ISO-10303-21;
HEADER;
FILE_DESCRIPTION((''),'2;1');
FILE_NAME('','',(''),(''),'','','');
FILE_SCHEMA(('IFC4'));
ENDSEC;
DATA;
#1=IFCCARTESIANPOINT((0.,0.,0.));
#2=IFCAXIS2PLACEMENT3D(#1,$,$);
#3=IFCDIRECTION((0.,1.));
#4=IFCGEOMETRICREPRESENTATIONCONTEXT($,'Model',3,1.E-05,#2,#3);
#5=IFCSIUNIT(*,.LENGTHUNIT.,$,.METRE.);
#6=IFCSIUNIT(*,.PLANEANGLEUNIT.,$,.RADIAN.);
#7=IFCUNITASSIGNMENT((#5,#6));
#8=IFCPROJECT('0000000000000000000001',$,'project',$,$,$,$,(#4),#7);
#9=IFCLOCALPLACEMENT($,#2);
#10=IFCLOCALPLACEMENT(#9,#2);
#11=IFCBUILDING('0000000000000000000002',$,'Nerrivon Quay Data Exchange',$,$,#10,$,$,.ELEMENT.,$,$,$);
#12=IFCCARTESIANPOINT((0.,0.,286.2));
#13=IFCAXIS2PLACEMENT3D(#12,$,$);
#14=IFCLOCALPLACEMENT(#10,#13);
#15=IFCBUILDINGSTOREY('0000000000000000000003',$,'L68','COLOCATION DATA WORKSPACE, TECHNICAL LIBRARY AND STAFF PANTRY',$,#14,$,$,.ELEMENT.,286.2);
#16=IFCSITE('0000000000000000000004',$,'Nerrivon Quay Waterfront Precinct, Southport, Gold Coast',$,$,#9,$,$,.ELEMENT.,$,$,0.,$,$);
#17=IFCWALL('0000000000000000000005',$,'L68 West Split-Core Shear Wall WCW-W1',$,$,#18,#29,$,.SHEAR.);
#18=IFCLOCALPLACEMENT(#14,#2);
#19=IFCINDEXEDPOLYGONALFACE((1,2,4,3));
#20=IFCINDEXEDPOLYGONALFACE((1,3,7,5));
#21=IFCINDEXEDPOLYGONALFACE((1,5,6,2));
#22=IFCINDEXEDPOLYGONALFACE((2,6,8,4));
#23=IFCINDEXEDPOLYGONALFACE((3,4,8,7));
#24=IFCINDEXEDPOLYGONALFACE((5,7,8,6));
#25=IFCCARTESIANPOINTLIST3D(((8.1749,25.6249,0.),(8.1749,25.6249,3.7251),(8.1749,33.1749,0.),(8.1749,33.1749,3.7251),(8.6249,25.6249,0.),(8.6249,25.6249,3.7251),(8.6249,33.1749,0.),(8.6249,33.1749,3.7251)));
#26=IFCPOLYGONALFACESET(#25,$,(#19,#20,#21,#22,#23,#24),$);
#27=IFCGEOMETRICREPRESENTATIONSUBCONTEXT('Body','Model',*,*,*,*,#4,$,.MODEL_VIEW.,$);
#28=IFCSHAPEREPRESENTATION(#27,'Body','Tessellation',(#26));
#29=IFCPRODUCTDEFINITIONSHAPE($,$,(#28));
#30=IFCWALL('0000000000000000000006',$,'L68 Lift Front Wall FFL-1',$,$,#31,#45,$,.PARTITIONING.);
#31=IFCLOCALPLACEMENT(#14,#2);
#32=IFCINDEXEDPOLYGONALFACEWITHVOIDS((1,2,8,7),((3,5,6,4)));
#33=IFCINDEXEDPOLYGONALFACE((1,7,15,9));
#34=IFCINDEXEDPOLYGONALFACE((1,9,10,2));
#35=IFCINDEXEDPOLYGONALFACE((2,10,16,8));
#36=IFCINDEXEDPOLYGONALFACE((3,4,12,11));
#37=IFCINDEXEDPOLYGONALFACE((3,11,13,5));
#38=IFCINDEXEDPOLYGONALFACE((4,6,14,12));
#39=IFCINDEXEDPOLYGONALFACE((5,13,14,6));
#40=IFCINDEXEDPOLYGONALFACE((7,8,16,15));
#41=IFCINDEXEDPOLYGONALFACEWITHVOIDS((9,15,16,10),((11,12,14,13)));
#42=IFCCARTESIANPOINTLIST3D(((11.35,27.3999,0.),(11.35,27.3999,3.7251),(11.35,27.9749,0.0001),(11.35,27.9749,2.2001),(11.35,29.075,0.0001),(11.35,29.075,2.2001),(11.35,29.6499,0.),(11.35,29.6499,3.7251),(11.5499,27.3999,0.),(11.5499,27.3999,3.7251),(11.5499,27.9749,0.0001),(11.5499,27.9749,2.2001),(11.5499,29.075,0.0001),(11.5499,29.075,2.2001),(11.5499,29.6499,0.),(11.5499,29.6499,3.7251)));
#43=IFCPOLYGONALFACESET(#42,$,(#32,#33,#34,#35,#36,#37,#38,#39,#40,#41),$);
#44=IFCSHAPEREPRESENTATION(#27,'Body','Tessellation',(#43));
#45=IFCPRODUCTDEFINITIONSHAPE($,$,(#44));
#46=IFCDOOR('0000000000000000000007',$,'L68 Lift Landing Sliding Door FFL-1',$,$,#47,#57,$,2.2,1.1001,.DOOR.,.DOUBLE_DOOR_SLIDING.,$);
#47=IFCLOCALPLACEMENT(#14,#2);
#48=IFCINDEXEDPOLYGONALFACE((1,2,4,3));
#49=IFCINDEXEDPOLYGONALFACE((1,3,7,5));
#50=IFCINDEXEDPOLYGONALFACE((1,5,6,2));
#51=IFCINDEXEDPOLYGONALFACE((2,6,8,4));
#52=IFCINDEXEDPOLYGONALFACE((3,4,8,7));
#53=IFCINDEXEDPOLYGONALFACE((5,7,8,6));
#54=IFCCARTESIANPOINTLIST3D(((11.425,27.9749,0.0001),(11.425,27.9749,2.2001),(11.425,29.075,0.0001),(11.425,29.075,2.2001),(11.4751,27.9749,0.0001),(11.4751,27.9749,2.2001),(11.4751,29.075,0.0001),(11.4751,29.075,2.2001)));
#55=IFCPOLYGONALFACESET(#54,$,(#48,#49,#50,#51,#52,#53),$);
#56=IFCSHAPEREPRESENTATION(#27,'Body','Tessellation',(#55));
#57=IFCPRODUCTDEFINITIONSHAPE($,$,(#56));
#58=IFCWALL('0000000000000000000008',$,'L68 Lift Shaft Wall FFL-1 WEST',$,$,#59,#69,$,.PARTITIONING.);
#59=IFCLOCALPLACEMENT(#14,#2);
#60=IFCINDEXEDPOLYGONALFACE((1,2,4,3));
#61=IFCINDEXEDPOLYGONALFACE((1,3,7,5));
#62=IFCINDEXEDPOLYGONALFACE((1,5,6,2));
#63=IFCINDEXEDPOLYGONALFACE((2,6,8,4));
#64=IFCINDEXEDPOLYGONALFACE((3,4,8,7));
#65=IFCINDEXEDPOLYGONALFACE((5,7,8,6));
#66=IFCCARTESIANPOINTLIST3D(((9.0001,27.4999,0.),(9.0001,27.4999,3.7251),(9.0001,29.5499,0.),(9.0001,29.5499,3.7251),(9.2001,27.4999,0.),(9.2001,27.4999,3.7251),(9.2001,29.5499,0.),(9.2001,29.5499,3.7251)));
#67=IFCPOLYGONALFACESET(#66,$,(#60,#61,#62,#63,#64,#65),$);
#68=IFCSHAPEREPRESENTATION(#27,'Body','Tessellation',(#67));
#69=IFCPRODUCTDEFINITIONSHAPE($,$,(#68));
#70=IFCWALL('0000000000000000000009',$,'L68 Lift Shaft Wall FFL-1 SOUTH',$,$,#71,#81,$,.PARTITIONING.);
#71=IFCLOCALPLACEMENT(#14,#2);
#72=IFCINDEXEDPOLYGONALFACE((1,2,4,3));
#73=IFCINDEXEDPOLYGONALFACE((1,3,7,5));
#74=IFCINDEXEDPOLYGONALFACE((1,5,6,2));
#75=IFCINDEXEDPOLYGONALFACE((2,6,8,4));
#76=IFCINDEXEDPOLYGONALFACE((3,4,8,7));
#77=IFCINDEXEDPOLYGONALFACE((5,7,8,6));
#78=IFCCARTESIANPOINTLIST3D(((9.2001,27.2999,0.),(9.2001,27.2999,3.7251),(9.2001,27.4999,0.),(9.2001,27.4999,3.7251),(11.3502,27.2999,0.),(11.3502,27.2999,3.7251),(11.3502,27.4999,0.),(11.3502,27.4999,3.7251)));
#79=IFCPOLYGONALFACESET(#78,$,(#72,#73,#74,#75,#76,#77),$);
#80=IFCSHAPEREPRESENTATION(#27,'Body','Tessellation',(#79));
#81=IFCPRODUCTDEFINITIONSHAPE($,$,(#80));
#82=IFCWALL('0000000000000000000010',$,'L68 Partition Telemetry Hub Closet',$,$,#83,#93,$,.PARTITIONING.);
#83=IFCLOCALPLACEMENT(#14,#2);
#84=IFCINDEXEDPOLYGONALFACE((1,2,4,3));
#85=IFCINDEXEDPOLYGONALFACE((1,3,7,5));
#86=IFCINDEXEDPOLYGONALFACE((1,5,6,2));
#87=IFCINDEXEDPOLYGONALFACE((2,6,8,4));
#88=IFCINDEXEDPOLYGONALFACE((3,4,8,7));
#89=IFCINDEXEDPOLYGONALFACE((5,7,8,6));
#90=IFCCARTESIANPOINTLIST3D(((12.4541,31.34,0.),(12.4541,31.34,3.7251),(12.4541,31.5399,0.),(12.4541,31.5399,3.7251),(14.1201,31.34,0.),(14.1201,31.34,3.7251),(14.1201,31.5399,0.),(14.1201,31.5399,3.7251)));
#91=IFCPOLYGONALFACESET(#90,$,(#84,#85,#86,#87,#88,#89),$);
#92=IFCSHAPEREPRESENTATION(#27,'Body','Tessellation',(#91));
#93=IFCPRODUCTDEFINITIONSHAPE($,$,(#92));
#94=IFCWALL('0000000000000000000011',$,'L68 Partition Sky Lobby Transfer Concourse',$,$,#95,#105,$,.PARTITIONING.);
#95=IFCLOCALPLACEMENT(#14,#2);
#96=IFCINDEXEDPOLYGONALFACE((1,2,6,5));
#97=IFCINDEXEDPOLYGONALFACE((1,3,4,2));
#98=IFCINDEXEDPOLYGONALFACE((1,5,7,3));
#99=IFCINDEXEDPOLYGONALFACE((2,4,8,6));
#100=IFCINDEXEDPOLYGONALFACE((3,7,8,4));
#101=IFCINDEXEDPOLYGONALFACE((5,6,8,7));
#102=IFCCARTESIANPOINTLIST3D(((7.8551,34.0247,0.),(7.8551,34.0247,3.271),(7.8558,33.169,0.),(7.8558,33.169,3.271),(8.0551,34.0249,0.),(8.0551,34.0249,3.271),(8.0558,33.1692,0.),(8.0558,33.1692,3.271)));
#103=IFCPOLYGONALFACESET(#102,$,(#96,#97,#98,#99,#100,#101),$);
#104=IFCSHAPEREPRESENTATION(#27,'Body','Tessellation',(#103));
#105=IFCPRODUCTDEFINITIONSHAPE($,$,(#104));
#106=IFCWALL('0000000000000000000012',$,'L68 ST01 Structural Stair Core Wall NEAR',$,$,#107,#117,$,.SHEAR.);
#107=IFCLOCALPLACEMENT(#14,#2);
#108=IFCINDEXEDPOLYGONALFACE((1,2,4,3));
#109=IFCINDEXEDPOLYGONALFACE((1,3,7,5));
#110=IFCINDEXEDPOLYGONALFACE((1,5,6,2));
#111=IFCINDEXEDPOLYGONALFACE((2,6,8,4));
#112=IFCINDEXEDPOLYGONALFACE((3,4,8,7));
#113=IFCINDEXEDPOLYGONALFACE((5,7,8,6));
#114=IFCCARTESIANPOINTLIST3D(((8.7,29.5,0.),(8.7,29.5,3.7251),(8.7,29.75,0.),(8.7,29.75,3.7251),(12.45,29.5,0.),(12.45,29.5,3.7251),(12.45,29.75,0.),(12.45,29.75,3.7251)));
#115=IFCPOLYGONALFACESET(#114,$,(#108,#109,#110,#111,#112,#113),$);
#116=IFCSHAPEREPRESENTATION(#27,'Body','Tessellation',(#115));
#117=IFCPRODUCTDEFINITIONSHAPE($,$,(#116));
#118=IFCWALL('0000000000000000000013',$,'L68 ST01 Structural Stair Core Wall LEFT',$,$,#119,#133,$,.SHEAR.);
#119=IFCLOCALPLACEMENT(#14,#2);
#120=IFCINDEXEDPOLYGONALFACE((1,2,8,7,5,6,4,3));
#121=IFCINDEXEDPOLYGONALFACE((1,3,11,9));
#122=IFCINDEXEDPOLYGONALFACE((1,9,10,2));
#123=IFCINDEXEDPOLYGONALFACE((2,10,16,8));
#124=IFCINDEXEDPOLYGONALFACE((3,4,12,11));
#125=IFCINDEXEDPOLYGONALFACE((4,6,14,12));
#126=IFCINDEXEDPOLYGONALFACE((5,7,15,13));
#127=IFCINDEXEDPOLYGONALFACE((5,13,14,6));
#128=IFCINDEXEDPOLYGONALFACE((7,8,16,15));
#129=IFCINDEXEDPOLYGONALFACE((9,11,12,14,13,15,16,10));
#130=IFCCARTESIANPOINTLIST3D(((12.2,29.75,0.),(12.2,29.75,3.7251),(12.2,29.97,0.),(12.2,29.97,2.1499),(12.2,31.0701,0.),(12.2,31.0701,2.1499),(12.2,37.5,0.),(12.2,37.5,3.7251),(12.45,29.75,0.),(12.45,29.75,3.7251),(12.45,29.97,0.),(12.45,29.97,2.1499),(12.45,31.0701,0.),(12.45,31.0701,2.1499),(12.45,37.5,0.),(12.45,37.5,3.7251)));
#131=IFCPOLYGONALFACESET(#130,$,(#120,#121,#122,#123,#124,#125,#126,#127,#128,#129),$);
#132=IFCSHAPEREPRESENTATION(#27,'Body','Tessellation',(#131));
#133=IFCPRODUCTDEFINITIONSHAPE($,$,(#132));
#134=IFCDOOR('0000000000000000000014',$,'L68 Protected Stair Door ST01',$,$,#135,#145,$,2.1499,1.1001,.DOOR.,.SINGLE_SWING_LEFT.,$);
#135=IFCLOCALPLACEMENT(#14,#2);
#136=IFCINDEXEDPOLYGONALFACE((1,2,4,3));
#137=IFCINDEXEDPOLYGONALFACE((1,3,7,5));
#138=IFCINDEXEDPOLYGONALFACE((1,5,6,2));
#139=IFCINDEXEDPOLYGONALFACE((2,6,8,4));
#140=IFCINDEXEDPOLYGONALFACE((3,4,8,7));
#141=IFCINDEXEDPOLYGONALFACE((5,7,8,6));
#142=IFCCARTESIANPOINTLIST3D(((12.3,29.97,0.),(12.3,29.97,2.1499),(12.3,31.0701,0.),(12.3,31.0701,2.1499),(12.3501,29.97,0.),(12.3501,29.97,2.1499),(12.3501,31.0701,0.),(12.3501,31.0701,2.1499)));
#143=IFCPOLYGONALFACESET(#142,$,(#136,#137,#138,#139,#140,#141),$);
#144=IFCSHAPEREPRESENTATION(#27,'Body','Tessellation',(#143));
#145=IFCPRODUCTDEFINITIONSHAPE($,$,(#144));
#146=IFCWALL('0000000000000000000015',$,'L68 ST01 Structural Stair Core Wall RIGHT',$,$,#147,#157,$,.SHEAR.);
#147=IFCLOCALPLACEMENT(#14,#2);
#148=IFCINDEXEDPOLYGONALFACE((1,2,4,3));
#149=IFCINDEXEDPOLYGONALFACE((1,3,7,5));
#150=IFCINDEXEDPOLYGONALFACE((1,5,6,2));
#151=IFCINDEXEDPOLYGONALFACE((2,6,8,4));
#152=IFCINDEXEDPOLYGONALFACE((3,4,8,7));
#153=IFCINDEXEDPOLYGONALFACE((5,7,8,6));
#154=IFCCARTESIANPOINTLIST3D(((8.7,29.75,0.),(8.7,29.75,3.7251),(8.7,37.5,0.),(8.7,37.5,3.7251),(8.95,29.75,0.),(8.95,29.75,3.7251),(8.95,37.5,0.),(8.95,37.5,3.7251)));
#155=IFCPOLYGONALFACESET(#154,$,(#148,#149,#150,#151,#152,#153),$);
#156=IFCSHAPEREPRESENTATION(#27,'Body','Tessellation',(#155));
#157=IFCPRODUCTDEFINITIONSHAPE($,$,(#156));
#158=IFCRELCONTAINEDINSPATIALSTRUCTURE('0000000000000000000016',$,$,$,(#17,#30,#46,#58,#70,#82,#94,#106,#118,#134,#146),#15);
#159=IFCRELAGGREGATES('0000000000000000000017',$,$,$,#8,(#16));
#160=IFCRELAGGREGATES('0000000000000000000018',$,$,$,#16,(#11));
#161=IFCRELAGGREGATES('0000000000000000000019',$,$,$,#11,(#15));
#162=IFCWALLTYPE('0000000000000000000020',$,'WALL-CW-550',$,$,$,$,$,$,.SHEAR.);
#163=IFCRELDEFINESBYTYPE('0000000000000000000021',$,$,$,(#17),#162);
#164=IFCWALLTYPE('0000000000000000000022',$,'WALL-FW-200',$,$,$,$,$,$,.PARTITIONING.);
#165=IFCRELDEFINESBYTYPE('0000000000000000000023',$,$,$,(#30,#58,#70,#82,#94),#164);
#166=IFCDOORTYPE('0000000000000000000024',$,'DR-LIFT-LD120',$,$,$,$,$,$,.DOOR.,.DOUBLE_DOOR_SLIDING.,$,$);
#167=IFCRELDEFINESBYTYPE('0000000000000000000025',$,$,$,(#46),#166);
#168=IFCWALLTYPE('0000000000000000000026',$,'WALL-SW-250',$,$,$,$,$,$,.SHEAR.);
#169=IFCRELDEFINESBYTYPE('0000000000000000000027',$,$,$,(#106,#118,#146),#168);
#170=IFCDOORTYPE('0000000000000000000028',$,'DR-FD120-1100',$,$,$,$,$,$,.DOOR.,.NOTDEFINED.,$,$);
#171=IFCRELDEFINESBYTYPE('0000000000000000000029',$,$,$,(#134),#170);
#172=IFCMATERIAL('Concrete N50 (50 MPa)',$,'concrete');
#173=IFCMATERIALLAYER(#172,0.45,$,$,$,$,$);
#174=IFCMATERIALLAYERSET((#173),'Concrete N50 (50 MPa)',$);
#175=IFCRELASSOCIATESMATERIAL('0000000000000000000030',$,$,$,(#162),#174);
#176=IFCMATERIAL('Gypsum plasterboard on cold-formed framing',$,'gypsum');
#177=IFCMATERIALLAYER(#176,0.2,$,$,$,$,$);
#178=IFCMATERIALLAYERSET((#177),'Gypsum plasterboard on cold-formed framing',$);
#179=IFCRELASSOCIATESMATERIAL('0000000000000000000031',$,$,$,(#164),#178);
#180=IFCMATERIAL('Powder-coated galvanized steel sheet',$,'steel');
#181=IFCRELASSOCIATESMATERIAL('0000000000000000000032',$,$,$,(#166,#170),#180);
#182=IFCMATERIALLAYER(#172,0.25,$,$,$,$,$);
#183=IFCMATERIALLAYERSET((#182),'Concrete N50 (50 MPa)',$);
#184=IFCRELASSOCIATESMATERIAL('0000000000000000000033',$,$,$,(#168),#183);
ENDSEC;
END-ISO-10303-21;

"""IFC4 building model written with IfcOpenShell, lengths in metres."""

from ifc_helpers import new_model, si_unit, direction, frame, frame_2d, origin, place, context, subcontext, project, spatial, rectangle, extrude, material, layer, layer_set, type_object, element, fill, save


model = new_model("IFC4")

# Units and contexts
model_context = context("Model", 3, precision=1e-05, world=origin(), true_north=direction((0.0, 1.0)))
body_context = subcontext(model_context, "Body", "Model", "MODEL_VIEW")
ifc_project = project(units=[si_unit("LENGTHUNIT", "METRE"), si_unit("PLANEANGLEUNIT", "RADIAN")], contexts=[model_context])

# Site, building, storey
site_placement = place(None, origin())
site = spatial("IfcSite", under=ifc_project, at=site_placement, Name="Nerrivon Quay Waterfront Precinct, Southport, Gold Coast", CompositionType="ELEMENT", RefElevation=0.0)
building_placement = place(site_placement, origin())
building = spatial("IfcBuilding", under=site, at=building_placement, Name="Nerrivon Quay Data Exchange", CompositionType="ELEMENT")
storey_placement = place(building_placement, frame((0.0, 0.0, 286.2)))
storey = spatial("IfcBuildingStorey", under=building, at=storey_placement, Name="L68", Description="COLOCATION DATA WORKSPACE, TECHNICAL LIBRARY AND STAFF PANTRY", CompositionType="ELEMENT", Elevation=286.2)

# Wall
ifc_material_1 = material(Name="Concrete N50 (50 MPa)", Category="concrete")
ifc_layer_1 = layer(ifc_material_1, 0.45)
ifc_layer_set_1 = layer_set([ifc_layer_1], Name="Concrete N50 (50 MPa)")
wall_type_1 = type_object("IfcWallType", Name="WALL-CW-550", PredefinedType="SHEAR", material=ifc_layer_set_1)
wall_1_placement = place(storey_placement, frame((8.3999, 25.625, 0.0), z_axis=(0.0, 0.0, 1.0), x_axis=(0.0, 1.0, 0.0)))
element("IfcWall", 1, at=wall_1_placement, inside=storey, type_object=wall_type_1, Name="L68 West Split-Core Shear Wall WCW-W1", PredefinedType="SHEAR", context=body_context, shape_type="SweptSolid", body=[
    extrude(rectangle(XDim=7.55, YDim=0.45, at=frame_2d((3.7749, 0.0))), origin(), (0.0, 0.0, 1.0), 3.7251),
])

# Wall, opening, door
ifc_material_2 = material(Name="Gypsum plasterboard on cold-formed framing", Category="gypsum")
ifc_layer_2 = layer(ifc_material_2, 0.2)
ifc_layer_set_2 = layer_set([ifc_layer_2], Name="Gypsum plasterboard on cold-formed framing")
wall_type_2 = type_object("IfcWallType", Name="WALL-FW-200", PredefinedType="PARTITIONING", material=ifc_layer_set_2)
wall_2_placement = place(storey_placement, frame((11.45, 27.3999, 0.0), z_axis=(0.0, 0.0, 1.0), x_axis=(0.0, 1.0, 0.0)))
wall_2 = element("IfcWall", 2, at=wall_2_placement, inside=storey, type_object=wall_type_2, Name="L68 Lift Front Wall FFL-1", PredefinedType="PARTITIONING", context=body_context, shape_type="SweptSolid", body=[
    extrude(rectangle(XDim=2.25, YDim=0.2, at=frame_2d((1.125, 0.0))), origin(), (0.0, 0.0, 1.0), 3.7251),
])
opening_1_placement = place(wall_2_placement, frame((0.575, 0.0, 0.0)))
opening_1 = element("IfcOpeningElement", 3, at=opening_1_placement, cuts=wall_2, PredefinedType="OPENING", context=body_context, shape_type="SweptSolid", body=[
    extrude(rectangle(XDim=1.1001, YDim=2.2, at=frame_2d((0.55, 1.1001))), frame((0.0, 0.1099, 0.0), z_axis=(0.0, -1.0, 0.0), x_axis=(1.0, 0.0, 0.0)), (0.0, 0.0, 1.0), 0.22),
])
ifc_material_3 = material(Name="Powder-coated galvanized steel sheet", Category="steel")
door_type_1 = type_object("IfcDoorType", Name="DR-LIFT-LD120", OperationType="DOUBLE_DOOR_SLIDING", PredefinedType="DOOR", material=ifc_material_3)
door_1_placement = place(opening_1_placement, origin())
door_1 = element("IfcDoor", 4, at=door_1_placement, inside=storey, type_object=door_type_1, Name="L68 Lift Landing Sliding Door FFL-1", OperationType="DOUBLE_DOOR_SLIDING", OverallHeight=2.2, OverallWidth=1.1001, PredefinedType="DOOR", context=body_context, shape_type="SweptSolid", body=[
    extrude(rectangle(XDim=1.1001, YDim=2.2, at=frame_2d((0.55, 1.1001))), frame((0.0, 0.0249, 0.0), z_axis=(0.0, -1.0, 0.0), x_axis=(1.0, 0.0, 0.0)), (0.0, 0.0, 1.0), 0.05),
])
fill(opening_1, door_1)

# Walls
wall_3_placement = place(storey_placement, frame((9.1001, 27.5, 0.0), z_axis=(0.0, 0.0, 1.0), x_axis=(0.0, 1.0, 0.0)))
element("IfcWall", 5, at=wall_3_placement, inside=storey, type_object=wall_type_2, Name="L68 Lift Shaft Wall FFL-1 WEST", PredefinedType="PARTITIONING", context=body_context, shape_type="SweptSolid", body=[
    extrude(rectangle(XDim=2.05, YDim=0.2, at=frame_2d((1.0249, 0.0))), origin(), (0.0, 0.0, 1.0), 3.7251),
])
wall_4_placement = place(storey_placement, frame((9.2, 27.3999, 0.0), z_axis=(0.0, 0.0, 1.0), x_axis=(1.0, 0.0, 0.0)))
element("IfcWall", 6, at=wall_4_placement, inside=storey, type_object=wall_type_2, Name="L68 Lift Shaft Wall FFL-1 SOUTH", PredefinedType="PARTITIONING", context=body_context, shape_type="SweptSolid", body=[
    extrude(rectangle(XDim=2.1501, YDim=0.2, at=frame_2d((1.0752, 0.0))), origin(), (0.0, 0.0, 1.0), 3.7251),
])
wall_5_placement = place(storey_placement, frame((12.4541, 31.4399, 0.0), z_axis=(0.0, 0.0, 1.0), x_axis=(1.0, 0.0, 0.0)))
element("IfcWall", 7, at=wall_5_placement, inside=storey, type_object=wall_type_2, Name="L68 Partition Telemetry Hub Closet", PredefinedType="PARTITIONING", context=body_context, shape_type="SweptSolid", body=[
    extrude(rectangle(XDim=1.666, YDim=0.2, at=frame_2d((0.833, 0.0))), origin(), (0.0, 0.0, 1.0), 3.7251),
])
wall_6_placement = place(storey_placement, frame((7.9558, 33.1692, 0.0), z_axis=(0.0, 0.0, 1.0), x_axis=(-0.000856, 1.0, 0.0)))
element("IfcWall", 8, at=wall_6_placement, inside=storey, type_object=wall_type_2, Name="L68 Partition Sky Lobby Transfer Concourse", PredefinedType="PARTITIONING", context=body_context, shape_type="SweptSolid", body=[
    extrude(rectangle(XDim=0.8557, YDim=0.2, at=frame_2d((0.4277, 0.0))), origin(), (0.0, 0.0, 1.0), 3.271),
])
ifc_layer_3 = layer(ifc_material_1, 0.25)
ifc_layer_set_3 = layer_set([ifc_layer_3], Name="Concrete N50 (50 MPa)")
wall_type_3 = type_object("IfcWallType", Name="WALL-SW-250", PredefinedType="SHEAR", material=ifc_layer_set_3)
wall_7_placement = place(storey_placement, frame((12.45, 29.625, 0.0), z_axis=(0.0, 0.0, 1.0), x_axis=(-1.0, 0.0, 0.0)))
element("IfcWall", 9, at=wall_7_placement, inside=storey, type_object=wall_type_3, Name="L68 ST01 Structural Stair Core Wall NEAR", PredefinedType="SHEAR", context=body_context, shape_type="SweptSolid", body=[
    extrude(rectangle(XDim=3.75, YDim=0.25, at=frame_2d((1.875, 0.0))), origin(), (0.0, 0.0, 1.0), 3.7251),
])

# Wall, opening, door
wall_8_placement = place(storey_placement, frame((12.325, 29.75, 0.0), z_axis=(0.0, 0.0, 1.0), x_axis=(0.0, 1.0, 0.0)))
wall_8 = element("IfcWall", 10, at=wall_8_placement, inside=storey, type_object=wall_type_3, Name="L68 ST01 Structural Stair Core Wall LEFT", PredefinedType="SHEAR", context=body_context, shape_type="SweptSolid", body=[
    extrude(rectangle(XDim=7.75, YDim=0.25, at=frame_2d((3.875, 0.0))), origin(), (0.0, 0.0, 1.0), 3.7251),
])
opening_2_placement = place(wall_8_placement, frame((0.22, 0.0, 0.0)))
opening_2 = element("IfcOpeningElement", 11, at=opening_2_placement, cuts=wall_8, PredefinedType="OPENING", context=body_context, shape_type="SweptSolid", body=[
    extrude(rectangle(XDim=1.1001, YDim=2.1499, at=frame_2d((0.55, 1.075))), frame((0.0, 0.135, 0.0), z_axis=(0.0, -1.0, 0.0), x_axis=(1.0, 0.0, 0.0)), (0.0, 0.0, 1.0), 0.27),
])
door_type_2 = type_object("IfcDoorType", Name="DR-FD120-1100", OperationType="NOTDEFINED", PredefinedType="DOOR", material=ifc_material_3)
door_2_placement = place(opening_2_placement, origin())
door_2 = element("IfcDoor", 12, at=door_2_placement, inside=storey, type_object=door_type_2, Name="L68 Protected Stair Door ST01", OperationType="SINGLE_SWING_LEFT", OverallHeight=2.1499, OverallWidth=1.1001, PredefinedType="DOOR", context=body_context, shape_type="SweptSolid", body=[
    extrude(rectangle(XDim=1.1001, YDim=2.1499, at=frame_2d((0.55, 1.075))), frame((0.0, 0.0249, 0.0), z_axis=(0.0, -1.0, 0.0), x_axis=(1.0, 0.0, 0.0)), (0.0, 0.0, 1.0), 0.05),
])
fill(opening_2, door_2)

# Wall
wall_9_placement = place(storey_placement, frame((8.825, 29.75, 0.0), z_axis=(0.0, 0.0, 1.0), x_axis=(0.0, 1.0, 0.0)))
element("IfcWall", 13, at=wall_9_placement, inside=storey, type_object=wall_type_3, Name="L68 ST01 Structural Stair Core Wall RIGHT", PredefinedType="SHEAR", context=body_context, shape_type="SweptSolid", body=[
    extrude(rectangle(XDim=7.75, YDim=0.25, at=frame_2d((3.875, 0.0))), origin(), (0.0, 0.0, 1.0), 3.7251),
])

save(model, "model.ifc")
